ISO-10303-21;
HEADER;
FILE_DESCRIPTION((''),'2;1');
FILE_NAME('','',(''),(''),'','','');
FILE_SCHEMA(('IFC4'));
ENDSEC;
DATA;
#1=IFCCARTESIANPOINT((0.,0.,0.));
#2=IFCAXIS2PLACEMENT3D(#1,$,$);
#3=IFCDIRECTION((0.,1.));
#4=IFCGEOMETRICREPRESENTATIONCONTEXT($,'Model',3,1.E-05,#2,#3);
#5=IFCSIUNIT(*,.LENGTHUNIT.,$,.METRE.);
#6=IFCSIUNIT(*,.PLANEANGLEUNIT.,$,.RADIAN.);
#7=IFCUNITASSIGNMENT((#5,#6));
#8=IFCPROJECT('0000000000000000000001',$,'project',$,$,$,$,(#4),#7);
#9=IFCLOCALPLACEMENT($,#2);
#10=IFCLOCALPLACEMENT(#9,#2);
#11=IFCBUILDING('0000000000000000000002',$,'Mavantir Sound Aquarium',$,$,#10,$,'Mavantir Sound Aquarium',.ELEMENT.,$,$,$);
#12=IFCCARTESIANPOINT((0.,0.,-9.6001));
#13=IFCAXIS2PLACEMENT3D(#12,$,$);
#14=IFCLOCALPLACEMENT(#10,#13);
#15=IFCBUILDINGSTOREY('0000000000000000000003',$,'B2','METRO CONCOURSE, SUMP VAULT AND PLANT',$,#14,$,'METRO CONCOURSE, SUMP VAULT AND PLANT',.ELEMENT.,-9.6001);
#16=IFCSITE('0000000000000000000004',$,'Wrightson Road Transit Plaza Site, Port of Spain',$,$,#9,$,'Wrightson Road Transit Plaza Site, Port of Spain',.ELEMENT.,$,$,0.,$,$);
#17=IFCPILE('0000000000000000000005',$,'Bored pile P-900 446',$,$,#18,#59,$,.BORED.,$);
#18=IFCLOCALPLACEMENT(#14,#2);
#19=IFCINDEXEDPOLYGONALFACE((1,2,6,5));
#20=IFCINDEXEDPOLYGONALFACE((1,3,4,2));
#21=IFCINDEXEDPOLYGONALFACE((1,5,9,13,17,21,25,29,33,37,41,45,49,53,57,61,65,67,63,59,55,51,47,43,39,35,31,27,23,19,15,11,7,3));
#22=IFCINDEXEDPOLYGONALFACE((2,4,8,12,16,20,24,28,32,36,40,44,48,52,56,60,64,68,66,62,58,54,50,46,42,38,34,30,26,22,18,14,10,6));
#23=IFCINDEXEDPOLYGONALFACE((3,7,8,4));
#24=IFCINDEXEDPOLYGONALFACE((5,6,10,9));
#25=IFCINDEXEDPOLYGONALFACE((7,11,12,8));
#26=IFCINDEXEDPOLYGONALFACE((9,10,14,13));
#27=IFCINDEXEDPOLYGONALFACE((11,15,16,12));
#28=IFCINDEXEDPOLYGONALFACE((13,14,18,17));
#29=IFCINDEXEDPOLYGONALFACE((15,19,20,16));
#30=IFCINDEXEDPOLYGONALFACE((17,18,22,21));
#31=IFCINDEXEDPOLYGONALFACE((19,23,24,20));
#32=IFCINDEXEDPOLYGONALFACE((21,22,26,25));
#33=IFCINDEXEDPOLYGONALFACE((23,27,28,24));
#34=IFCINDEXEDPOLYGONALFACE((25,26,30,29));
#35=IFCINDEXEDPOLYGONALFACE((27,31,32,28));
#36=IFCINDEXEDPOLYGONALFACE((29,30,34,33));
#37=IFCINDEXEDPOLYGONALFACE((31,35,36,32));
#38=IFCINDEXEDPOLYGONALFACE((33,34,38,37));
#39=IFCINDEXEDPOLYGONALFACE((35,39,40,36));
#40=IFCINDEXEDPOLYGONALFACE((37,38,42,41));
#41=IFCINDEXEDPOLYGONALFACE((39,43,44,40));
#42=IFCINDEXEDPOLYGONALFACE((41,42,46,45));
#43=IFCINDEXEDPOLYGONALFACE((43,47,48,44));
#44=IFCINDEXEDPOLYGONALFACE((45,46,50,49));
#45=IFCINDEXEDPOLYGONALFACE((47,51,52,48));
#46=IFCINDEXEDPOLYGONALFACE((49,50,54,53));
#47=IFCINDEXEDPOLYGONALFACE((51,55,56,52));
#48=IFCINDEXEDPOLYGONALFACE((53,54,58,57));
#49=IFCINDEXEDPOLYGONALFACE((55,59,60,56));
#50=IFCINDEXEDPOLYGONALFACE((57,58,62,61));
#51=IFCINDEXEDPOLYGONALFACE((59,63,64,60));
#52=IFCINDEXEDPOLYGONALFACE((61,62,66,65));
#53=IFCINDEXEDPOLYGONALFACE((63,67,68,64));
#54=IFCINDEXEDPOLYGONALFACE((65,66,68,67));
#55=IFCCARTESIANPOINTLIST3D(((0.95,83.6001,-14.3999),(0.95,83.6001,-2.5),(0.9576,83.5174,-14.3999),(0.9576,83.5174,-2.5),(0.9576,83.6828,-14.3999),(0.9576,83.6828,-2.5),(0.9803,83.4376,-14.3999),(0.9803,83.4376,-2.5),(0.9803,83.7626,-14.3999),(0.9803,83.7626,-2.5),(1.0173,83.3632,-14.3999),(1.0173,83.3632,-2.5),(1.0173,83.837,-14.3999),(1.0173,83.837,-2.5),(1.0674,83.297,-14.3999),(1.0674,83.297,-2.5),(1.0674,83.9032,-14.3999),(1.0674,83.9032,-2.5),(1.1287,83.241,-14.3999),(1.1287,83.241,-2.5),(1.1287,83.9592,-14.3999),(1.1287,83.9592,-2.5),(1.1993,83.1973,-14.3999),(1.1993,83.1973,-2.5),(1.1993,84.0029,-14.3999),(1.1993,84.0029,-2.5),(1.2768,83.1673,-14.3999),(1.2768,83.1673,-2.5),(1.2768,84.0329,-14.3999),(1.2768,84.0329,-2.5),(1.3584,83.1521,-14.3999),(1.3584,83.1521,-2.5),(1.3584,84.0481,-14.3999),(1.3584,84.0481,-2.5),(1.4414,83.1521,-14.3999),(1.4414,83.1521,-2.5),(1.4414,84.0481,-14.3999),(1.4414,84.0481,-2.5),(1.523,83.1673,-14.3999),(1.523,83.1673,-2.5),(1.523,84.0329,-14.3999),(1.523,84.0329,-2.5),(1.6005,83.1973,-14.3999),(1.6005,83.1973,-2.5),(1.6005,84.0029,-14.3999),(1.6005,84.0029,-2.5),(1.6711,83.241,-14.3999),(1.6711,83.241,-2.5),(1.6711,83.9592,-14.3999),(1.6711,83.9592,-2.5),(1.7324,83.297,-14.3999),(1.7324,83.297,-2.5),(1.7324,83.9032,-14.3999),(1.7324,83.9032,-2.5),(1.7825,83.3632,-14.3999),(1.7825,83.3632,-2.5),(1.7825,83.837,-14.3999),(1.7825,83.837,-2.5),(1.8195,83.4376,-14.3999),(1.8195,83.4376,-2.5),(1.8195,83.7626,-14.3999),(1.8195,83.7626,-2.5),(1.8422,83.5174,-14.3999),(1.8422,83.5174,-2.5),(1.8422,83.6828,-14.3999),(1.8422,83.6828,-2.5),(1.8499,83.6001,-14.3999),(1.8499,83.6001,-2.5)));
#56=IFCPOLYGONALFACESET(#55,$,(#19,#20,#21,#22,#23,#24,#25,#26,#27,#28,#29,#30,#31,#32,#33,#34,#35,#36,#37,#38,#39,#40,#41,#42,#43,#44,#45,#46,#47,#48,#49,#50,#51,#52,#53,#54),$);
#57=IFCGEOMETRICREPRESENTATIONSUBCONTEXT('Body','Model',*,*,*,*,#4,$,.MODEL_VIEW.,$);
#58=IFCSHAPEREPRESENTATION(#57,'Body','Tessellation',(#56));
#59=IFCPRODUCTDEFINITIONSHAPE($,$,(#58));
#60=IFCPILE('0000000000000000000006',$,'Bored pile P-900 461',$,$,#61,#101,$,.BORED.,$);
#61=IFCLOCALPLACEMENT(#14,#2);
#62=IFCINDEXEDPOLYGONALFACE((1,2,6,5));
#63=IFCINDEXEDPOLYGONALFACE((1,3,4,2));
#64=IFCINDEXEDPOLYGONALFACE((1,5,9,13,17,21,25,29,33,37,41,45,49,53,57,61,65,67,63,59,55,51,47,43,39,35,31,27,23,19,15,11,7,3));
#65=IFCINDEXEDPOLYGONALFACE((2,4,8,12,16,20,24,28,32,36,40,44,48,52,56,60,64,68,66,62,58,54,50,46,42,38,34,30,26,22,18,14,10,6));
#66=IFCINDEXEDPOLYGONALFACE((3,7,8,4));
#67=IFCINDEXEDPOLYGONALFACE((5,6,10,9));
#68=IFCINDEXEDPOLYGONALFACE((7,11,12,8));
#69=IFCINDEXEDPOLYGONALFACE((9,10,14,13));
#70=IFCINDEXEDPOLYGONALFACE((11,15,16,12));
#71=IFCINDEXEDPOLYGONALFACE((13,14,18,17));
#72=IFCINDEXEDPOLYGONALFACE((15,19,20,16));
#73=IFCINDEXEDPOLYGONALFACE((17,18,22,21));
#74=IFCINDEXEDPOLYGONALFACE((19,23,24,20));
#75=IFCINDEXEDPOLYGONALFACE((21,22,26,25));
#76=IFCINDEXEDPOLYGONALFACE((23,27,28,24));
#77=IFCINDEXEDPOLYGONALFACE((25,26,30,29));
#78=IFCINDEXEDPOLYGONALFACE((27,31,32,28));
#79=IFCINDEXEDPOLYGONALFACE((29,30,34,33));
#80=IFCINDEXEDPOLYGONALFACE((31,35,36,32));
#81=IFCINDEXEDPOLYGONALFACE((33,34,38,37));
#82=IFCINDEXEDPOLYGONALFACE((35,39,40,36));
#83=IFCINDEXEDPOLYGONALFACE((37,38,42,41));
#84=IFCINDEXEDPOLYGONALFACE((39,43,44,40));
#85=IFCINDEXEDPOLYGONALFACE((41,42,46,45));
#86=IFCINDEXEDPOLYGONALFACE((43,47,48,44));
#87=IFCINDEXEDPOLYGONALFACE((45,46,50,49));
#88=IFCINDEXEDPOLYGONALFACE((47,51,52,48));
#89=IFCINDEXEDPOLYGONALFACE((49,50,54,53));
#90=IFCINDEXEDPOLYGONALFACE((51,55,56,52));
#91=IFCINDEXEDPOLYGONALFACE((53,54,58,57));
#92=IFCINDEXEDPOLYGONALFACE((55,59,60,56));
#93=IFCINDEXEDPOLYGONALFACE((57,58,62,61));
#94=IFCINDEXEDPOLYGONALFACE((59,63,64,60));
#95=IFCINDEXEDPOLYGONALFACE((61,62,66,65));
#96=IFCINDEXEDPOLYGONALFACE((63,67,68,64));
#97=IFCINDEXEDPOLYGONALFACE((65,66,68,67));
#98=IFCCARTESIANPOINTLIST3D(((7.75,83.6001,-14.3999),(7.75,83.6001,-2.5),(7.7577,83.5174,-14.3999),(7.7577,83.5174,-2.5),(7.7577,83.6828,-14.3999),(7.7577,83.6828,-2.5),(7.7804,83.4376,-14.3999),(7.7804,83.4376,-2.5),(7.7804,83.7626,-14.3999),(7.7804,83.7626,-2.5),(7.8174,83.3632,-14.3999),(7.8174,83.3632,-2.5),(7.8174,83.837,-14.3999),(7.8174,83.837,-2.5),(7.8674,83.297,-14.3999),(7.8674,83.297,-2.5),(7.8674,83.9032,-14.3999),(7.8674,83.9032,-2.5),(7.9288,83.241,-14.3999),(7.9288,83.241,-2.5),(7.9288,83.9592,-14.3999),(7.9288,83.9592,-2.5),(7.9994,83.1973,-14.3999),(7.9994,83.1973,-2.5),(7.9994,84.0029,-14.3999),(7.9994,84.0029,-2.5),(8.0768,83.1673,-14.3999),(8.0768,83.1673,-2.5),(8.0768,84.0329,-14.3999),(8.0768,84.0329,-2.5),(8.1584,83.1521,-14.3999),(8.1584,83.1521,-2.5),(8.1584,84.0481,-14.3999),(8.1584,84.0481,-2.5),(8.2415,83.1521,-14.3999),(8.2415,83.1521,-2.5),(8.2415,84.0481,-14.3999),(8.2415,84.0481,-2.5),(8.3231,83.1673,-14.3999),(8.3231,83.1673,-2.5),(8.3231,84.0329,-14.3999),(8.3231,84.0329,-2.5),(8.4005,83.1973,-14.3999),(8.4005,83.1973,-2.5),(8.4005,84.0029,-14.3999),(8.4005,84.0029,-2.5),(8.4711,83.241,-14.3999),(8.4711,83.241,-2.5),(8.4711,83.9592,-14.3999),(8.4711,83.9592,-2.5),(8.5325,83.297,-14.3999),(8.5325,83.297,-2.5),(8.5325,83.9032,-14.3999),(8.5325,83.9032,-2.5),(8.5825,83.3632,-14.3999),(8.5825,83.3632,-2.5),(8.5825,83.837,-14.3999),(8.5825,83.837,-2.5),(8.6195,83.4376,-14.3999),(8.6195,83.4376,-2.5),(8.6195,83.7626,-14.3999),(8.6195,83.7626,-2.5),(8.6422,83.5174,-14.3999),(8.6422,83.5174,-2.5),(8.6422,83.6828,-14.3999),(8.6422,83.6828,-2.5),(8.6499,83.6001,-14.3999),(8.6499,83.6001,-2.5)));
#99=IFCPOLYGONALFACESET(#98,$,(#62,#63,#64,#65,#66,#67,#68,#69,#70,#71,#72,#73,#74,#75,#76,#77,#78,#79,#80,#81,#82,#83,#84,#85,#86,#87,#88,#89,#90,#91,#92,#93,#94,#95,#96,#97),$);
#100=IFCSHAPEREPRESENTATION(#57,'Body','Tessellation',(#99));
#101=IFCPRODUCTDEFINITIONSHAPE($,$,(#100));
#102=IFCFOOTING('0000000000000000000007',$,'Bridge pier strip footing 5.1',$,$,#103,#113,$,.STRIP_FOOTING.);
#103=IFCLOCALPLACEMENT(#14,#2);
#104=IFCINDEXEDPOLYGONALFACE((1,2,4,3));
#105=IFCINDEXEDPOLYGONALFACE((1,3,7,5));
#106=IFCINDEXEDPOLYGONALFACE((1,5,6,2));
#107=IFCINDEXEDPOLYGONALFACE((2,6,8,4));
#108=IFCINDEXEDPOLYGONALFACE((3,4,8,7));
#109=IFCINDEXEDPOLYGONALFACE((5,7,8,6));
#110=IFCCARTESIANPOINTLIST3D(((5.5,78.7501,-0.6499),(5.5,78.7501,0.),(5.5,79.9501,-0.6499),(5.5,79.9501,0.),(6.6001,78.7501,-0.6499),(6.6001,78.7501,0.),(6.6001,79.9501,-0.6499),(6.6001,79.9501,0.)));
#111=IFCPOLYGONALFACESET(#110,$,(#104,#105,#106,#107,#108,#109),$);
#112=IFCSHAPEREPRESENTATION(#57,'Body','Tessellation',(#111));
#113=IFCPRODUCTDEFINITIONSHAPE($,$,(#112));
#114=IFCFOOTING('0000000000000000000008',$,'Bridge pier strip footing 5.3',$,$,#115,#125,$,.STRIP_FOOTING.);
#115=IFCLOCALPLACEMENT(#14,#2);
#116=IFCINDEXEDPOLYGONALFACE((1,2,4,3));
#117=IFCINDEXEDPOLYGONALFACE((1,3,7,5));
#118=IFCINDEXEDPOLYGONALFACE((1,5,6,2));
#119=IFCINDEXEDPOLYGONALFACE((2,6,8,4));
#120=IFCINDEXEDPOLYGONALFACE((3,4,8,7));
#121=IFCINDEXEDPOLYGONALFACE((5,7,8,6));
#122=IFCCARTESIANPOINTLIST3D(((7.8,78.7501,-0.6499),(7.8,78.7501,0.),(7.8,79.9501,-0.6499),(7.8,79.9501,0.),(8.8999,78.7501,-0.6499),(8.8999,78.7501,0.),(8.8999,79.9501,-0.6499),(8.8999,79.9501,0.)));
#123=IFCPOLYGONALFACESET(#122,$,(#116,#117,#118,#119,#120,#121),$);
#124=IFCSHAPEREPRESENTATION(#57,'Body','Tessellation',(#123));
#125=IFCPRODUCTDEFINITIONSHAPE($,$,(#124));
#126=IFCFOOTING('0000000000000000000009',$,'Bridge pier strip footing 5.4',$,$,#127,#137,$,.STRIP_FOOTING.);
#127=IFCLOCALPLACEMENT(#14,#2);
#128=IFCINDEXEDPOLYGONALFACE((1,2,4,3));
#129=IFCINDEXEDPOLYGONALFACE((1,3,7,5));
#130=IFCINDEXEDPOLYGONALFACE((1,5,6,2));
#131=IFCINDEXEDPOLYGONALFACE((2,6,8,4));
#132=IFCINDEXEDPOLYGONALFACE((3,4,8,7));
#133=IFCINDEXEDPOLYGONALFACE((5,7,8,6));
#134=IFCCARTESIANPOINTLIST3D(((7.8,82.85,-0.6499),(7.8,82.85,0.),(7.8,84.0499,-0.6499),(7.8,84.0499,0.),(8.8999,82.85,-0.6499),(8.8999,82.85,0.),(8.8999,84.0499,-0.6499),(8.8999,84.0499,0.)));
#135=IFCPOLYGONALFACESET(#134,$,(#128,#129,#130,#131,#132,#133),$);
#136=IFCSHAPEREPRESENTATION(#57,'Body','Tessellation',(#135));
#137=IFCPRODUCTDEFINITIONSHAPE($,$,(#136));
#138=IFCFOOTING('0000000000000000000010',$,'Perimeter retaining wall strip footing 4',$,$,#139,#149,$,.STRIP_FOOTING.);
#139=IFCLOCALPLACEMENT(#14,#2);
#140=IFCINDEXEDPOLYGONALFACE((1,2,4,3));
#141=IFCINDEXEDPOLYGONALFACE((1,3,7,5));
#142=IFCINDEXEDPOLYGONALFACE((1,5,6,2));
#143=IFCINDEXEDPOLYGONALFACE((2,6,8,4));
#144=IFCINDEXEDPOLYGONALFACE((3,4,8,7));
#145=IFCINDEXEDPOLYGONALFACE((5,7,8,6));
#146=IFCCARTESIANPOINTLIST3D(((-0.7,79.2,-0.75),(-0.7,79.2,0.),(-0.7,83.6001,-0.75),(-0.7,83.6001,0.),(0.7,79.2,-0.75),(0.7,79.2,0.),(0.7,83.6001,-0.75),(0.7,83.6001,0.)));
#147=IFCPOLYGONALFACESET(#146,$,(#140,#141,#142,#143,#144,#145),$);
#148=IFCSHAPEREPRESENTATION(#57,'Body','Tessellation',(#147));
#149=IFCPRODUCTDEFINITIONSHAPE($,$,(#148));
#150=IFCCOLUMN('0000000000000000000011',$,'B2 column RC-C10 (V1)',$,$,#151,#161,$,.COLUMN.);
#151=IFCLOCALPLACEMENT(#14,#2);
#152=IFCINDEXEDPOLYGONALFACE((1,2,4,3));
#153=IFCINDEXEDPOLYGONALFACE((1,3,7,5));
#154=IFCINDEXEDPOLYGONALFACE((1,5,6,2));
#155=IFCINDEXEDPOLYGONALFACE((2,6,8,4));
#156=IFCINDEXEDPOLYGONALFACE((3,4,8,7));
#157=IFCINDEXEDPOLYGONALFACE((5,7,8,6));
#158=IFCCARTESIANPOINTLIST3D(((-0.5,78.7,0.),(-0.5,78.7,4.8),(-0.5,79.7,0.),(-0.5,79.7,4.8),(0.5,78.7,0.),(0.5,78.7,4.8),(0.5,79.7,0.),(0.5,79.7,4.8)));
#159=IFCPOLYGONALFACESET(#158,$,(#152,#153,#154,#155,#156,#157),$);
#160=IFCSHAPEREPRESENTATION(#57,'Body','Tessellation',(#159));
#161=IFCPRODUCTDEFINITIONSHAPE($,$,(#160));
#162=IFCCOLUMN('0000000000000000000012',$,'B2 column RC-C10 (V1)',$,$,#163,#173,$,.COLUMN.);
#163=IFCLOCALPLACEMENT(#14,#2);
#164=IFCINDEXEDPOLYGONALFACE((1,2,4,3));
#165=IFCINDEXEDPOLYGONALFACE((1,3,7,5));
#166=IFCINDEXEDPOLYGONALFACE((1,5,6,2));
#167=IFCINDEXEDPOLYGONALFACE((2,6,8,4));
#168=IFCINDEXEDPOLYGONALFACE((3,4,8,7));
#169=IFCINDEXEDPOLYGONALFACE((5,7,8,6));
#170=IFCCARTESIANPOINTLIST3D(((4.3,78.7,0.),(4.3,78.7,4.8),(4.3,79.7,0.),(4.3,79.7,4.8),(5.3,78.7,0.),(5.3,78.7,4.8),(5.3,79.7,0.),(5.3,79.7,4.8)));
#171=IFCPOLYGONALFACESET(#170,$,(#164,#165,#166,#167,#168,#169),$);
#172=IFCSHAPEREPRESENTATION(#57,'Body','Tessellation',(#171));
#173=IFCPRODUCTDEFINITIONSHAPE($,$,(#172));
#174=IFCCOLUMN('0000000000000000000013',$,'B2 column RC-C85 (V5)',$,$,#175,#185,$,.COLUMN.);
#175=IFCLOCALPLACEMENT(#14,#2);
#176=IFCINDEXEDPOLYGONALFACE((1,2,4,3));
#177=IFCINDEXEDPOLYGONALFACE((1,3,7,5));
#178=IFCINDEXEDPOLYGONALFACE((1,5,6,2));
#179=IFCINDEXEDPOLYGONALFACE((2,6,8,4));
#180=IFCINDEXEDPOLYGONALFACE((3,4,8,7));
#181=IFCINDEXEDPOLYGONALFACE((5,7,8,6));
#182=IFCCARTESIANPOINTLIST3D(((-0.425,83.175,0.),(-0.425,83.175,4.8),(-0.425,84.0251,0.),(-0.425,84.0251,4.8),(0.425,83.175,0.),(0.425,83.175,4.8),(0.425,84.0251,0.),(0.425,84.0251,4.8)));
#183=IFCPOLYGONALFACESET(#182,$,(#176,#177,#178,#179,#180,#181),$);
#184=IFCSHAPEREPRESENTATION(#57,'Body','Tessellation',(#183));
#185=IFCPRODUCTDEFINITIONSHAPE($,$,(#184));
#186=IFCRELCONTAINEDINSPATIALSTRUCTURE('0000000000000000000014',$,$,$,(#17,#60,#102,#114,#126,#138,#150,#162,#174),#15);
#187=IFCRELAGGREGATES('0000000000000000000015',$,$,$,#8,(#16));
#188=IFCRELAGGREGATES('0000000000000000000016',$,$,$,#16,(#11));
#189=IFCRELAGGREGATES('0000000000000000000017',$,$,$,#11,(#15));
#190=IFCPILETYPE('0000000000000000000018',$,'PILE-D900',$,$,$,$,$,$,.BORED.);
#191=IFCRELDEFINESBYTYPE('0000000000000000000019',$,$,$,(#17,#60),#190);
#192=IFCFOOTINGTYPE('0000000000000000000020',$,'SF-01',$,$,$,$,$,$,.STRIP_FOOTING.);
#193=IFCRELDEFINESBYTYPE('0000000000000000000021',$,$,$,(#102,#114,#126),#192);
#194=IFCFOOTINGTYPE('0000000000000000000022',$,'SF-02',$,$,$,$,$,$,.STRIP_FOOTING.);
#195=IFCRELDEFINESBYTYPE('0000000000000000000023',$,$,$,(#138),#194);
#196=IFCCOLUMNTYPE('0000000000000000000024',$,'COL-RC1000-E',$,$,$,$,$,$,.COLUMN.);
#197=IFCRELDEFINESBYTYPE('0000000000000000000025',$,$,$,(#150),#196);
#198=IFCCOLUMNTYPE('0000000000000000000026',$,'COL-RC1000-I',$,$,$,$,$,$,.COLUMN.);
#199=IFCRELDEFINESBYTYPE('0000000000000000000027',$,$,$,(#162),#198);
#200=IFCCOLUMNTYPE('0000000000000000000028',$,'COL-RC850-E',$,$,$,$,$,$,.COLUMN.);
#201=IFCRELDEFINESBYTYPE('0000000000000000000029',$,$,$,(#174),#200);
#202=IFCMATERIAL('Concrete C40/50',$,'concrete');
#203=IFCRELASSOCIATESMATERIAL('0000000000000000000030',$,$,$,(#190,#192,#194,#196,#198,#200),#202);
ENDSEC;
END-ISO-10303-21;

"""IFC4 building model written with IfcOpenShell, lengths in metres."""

from ifc_helpers import new_model, si_unit, direction, frame, origin, origin_2d, place, context, subcontext, project, spatial, rectangle, circle, extrude, material, material_profile, profile_set, type_object, element, save


model = new_model("IFC4")

# Units and contexts
model_context = context("Model", 3, precision=1e-05, world=origin(), true_north=direction((0.0, 1.0)))
body_context = subcontext(model_context, "Body", "Model", "MODEL_VIEW")
ifc_project = project(units=[si_unit("LENGTHUNIT", "METRE"), si_unit("PLANEANGLEUNIT", "RADIAN")], contexts=[model_context])

# Site, building, storey
site_placement = place(None, origin())
site = spatial("IfcSite", under=ifc_project, at=site_placement, Name="Wrightson Road Transit Plaza Site, Port of Spain", LongName="Wrightson Road Transit Plaza Site, Port of Spain", CompositionType="ELEMENT", RefElevation=0.0)
building_placement = place(site_placement, origin())
building = spatial("IfcBuilding", under=site, at=building_placement, Name="Mavantir Sound Aquarium", LongName="Mavantir Sound Aquarium", CompositionType="ELEMENT")
storey_placement = place(building_placement, frame((0.0, 0.0, -9.6001)))
storey = spatial("IfcBuildingStorey", under=building, at=storey_placement, Name="B2", Description="METRO CONCOURSE, SUMP VAULT AND PLANT", LongName="METRO CONCOURSE, SUMP VAULT AND PLANT", CompositionType="ELEMENT", Elevation=-9.6001)

# Shared definitions
ifc_material_1 = material(Name="Concrete C40/50", Category="concrete")

# Piles
ifc_material_profile_1 = material_profile(ifc_material_1, circle(Radius=0.45, at=origin_2d()), Name="PILE D900")
ifc_profile_set_1 = profile_set([ifc_material_profile_1], Name="Concrete C40/50")
pile_type_1 = type_object("IfcPileType", Name="PILE-D900", PredefinedType="BORED", material=ifc_profile_set_1)
for number, where, z_axis, x_axis, name in (
    (1, (1.3999, 83.6001, -2.5), (0.0, 0.0, -1.0), (1.0, 0.0, 0.0), "Bored pile P-900 446"),
    (2, (8.2, 83.6001, -2.5), (0.0, 0.0, -1.0), (1.0, 0.0, 0.0), "Bored pile P-900 461"),
):
    element("IfcPile", number, at=place(storey_placement, frame(where, z_axis=z_axis, x_axis=x_axis)), inside=storey, type_object=pile_type_1, Name=name, PredefinedType="BORED", context=body_context, shape_type="SweptSolid", body=[
        extrude(circle(Radius=0.45, at=origin_2d()), origin(), (0.0, 0.0, 1.0), 11.8999),
    ])

# Footings
ifc_material_profile_2 = material_profile(ifc_material_1, rectangle(XDim=1.2, YDim=0.6499, at=origin_2d()), Name="RC 1200X650")
ifc_profile_set_2 = profile_set([ifc_material_profile_2], Name="Concrete C40/50")
footing_type_1 = type_object("IfcFootingType", Name="SF-01", PredefinedType="STRIP_FOOTING", material=ifc_profile_set_2)
footing_1_placement = place(storey_placement, frame((5.5, 79.3501, -0.325), z_axis=(1.0, 0.0, 0.0), x_axis=(0.0, 1.0, 0.0)))
element("IfcFooting", 3, at=footing_1_placement, inside=storey, type_object=footing_type_1, Name="Bridge pier strip footing 5.1", PredefinedType="STRIP_FOOTING", context=body_context, shape_type="SweptSolid", body=[
    extrude(rectangle(XDim=1.2, YDim=0.6499, at=origin_2d()), origin(), (0.0, 0.0, 1.0), 1.1001),
])
for number, where, z_axis, x_axis, name in (
    (4, (7.8, 79.3501, -0.325), (1.0, 0.0, 0.0), (0.0, 1.0, 0.0), "Bridge pier strip footing 5.3"),
    (5, (7.8, 83.45, -0.325), (1.0, 0.0, 0.0), (0.0, 1.0, 0.0), "Bridge pier strip footing 5.4"),
):
    element("IfcFooting", number, at=place(storey_placement, frame(where, z_axis=z_axis, x_axis=x_axis)), inside=storey, type_object=footing_type_1, Name=name, PredefinedType="STRIP_FOOTING", context=body_context, shape_type="SweptSolid", body=[
        extrude(rectangle(XDim=1.2, YDim=0.6499, at=origin_2d()), origin(), (0.0, 0.0, 1.0), 1.0999),
    ])
ifc_material_profile_3 = material_profile(ifc_material_1, rectangle(XDim=1.3999, YDim=0.75, at=origin_2d()), Name="RC 1400X750")
ifc_profile_set_3 = profile_set([ifc_material_profile_3], Name="Concrete C40/50")
footing_type_2 = type_object("IfcFootingType", Name="SF-02", PredefinedType="STRIP_FOOTING", material=ifc_profile_set_3)
footing_2_placement = place(storey_placement, frame((0.0, 79.2, -0.375), z_axis=(0.0, 1.0, 0.0), x_axis=(-1.0, 0.0, 0.0)))
element("IfcFooting", 6, at=footing_2_placement, inside=storey, type_object=footing_type_2, Name="Perimeter retaining wall strip footing 4", PredefinedType="STRIP_FOOTING", context=body_context, shape_type="SweptSolid", body=[
    extrude(rectangle(XDim=1.3999, YDim=0.75, at=origin_2d()), origin(), (0.0, 0.0, 1.0), 4.4001),
])

# Columns
ifc_material_profile_4 = material_profile(ifc_material_1, rectangle(XDim=1.0, YDim=1.0, at=origin_2d()), Name="RC 1000X1000")
ifc_profile_set_4 = profile_set([ifc_material_profile_4], Name="Concrete C40/50")
column_type_1 = type_object("IfcColumnType", Name="COL-RC1000-E", PredefinedType="COLUMN", material=ifc_profile_set_4)
column_1_placement = place(storey_placement, frame((0.0, 79.2, 0.0), z_axis=(0.0, 0.0, 1.0), x_axis=(1.0, 0.0, 0.0)))
element("IfcColumn", 7, at=column_1_placement, inside=storey, type_object=column_type_1, Name="B2 column RC-C10 (V1)", PredefinedType="COLUMN", context=body_context, shape_type="SweptSolid", body=[
    extrude(rectangle(XDim=1.0, YDim=1.0, at=origin_2d()), origin(), (0.0, 0.0, 1.0), 4.8),
])
ifc_material_profile_5 = material_profile(ifc_material_1, rectangle(XDim=1.0, YDim=1.0, at=origin_2d()), Name="RC 1000X1000")
ifc_profile_set_5 = profile_set([ifc_material_profile_5], Name="Concrete C40/50")
column_type_2 = type_object("IfcColumnType", Name="COL-RC1000-I", PredefinedType="COLUMN", material=ifc_profile_set_5)
column_2_placement = place(storey_placement, frame((4.8, 79.2, 0.0), z_axis=(0.0, 0.0, 1.0), x_axis=(1.0, 0.0, 0.0)))
element("IfcColumn", 8, at=column_2_placement, inside=storey, type_object=column_type_2, Name="B2 column RC-C10 (V1)", PredefinedType="COLUMN", context=body_context, shape_type="SweptSolid", body=[
    extrude(rectangle(XDim=1.0, YDim=1.0, at=origin_2d()), origin(), (0.0, 0.0, 1.0), 4.8),
])
ifc_material_profile_6 = material_profile(ifc_material_1, rectangle(XDim=0.8501, YDim=0.8501, at=origin_2d()), Name="RC 850X850")
ifc_profile_set_6 = profile_set([ifc_material_profile_6], Name="Concrete C40/50")
column_type_3 = type_object("IfcColumnType", Name="COL-RC850-E", PredefinedType="COLUMN", material=ifc_profile_set_6)
column_3_placement = place(storey_placement, frame((0.0, 83.6001, 0.0), z_axis=(0.0, 0.0, 1.0), x_axis=(1.0, 0.0, 0.0)))
element("IfcColumn", 9, at=column_3_placement, inside=storey, type_object=column_type_3, Name="B2 column RC-C85 (V5)", PredefinedType="COLUMN", context=body_context, shape_type="SweptSolid", body=[
    extrude(rectangle(XDim=0.8501, YDim=0.8501, at=origin_2d()), origin(), (0.0, 0.0, 1.0), 4.8),
])

save(model, "model.ifc")
